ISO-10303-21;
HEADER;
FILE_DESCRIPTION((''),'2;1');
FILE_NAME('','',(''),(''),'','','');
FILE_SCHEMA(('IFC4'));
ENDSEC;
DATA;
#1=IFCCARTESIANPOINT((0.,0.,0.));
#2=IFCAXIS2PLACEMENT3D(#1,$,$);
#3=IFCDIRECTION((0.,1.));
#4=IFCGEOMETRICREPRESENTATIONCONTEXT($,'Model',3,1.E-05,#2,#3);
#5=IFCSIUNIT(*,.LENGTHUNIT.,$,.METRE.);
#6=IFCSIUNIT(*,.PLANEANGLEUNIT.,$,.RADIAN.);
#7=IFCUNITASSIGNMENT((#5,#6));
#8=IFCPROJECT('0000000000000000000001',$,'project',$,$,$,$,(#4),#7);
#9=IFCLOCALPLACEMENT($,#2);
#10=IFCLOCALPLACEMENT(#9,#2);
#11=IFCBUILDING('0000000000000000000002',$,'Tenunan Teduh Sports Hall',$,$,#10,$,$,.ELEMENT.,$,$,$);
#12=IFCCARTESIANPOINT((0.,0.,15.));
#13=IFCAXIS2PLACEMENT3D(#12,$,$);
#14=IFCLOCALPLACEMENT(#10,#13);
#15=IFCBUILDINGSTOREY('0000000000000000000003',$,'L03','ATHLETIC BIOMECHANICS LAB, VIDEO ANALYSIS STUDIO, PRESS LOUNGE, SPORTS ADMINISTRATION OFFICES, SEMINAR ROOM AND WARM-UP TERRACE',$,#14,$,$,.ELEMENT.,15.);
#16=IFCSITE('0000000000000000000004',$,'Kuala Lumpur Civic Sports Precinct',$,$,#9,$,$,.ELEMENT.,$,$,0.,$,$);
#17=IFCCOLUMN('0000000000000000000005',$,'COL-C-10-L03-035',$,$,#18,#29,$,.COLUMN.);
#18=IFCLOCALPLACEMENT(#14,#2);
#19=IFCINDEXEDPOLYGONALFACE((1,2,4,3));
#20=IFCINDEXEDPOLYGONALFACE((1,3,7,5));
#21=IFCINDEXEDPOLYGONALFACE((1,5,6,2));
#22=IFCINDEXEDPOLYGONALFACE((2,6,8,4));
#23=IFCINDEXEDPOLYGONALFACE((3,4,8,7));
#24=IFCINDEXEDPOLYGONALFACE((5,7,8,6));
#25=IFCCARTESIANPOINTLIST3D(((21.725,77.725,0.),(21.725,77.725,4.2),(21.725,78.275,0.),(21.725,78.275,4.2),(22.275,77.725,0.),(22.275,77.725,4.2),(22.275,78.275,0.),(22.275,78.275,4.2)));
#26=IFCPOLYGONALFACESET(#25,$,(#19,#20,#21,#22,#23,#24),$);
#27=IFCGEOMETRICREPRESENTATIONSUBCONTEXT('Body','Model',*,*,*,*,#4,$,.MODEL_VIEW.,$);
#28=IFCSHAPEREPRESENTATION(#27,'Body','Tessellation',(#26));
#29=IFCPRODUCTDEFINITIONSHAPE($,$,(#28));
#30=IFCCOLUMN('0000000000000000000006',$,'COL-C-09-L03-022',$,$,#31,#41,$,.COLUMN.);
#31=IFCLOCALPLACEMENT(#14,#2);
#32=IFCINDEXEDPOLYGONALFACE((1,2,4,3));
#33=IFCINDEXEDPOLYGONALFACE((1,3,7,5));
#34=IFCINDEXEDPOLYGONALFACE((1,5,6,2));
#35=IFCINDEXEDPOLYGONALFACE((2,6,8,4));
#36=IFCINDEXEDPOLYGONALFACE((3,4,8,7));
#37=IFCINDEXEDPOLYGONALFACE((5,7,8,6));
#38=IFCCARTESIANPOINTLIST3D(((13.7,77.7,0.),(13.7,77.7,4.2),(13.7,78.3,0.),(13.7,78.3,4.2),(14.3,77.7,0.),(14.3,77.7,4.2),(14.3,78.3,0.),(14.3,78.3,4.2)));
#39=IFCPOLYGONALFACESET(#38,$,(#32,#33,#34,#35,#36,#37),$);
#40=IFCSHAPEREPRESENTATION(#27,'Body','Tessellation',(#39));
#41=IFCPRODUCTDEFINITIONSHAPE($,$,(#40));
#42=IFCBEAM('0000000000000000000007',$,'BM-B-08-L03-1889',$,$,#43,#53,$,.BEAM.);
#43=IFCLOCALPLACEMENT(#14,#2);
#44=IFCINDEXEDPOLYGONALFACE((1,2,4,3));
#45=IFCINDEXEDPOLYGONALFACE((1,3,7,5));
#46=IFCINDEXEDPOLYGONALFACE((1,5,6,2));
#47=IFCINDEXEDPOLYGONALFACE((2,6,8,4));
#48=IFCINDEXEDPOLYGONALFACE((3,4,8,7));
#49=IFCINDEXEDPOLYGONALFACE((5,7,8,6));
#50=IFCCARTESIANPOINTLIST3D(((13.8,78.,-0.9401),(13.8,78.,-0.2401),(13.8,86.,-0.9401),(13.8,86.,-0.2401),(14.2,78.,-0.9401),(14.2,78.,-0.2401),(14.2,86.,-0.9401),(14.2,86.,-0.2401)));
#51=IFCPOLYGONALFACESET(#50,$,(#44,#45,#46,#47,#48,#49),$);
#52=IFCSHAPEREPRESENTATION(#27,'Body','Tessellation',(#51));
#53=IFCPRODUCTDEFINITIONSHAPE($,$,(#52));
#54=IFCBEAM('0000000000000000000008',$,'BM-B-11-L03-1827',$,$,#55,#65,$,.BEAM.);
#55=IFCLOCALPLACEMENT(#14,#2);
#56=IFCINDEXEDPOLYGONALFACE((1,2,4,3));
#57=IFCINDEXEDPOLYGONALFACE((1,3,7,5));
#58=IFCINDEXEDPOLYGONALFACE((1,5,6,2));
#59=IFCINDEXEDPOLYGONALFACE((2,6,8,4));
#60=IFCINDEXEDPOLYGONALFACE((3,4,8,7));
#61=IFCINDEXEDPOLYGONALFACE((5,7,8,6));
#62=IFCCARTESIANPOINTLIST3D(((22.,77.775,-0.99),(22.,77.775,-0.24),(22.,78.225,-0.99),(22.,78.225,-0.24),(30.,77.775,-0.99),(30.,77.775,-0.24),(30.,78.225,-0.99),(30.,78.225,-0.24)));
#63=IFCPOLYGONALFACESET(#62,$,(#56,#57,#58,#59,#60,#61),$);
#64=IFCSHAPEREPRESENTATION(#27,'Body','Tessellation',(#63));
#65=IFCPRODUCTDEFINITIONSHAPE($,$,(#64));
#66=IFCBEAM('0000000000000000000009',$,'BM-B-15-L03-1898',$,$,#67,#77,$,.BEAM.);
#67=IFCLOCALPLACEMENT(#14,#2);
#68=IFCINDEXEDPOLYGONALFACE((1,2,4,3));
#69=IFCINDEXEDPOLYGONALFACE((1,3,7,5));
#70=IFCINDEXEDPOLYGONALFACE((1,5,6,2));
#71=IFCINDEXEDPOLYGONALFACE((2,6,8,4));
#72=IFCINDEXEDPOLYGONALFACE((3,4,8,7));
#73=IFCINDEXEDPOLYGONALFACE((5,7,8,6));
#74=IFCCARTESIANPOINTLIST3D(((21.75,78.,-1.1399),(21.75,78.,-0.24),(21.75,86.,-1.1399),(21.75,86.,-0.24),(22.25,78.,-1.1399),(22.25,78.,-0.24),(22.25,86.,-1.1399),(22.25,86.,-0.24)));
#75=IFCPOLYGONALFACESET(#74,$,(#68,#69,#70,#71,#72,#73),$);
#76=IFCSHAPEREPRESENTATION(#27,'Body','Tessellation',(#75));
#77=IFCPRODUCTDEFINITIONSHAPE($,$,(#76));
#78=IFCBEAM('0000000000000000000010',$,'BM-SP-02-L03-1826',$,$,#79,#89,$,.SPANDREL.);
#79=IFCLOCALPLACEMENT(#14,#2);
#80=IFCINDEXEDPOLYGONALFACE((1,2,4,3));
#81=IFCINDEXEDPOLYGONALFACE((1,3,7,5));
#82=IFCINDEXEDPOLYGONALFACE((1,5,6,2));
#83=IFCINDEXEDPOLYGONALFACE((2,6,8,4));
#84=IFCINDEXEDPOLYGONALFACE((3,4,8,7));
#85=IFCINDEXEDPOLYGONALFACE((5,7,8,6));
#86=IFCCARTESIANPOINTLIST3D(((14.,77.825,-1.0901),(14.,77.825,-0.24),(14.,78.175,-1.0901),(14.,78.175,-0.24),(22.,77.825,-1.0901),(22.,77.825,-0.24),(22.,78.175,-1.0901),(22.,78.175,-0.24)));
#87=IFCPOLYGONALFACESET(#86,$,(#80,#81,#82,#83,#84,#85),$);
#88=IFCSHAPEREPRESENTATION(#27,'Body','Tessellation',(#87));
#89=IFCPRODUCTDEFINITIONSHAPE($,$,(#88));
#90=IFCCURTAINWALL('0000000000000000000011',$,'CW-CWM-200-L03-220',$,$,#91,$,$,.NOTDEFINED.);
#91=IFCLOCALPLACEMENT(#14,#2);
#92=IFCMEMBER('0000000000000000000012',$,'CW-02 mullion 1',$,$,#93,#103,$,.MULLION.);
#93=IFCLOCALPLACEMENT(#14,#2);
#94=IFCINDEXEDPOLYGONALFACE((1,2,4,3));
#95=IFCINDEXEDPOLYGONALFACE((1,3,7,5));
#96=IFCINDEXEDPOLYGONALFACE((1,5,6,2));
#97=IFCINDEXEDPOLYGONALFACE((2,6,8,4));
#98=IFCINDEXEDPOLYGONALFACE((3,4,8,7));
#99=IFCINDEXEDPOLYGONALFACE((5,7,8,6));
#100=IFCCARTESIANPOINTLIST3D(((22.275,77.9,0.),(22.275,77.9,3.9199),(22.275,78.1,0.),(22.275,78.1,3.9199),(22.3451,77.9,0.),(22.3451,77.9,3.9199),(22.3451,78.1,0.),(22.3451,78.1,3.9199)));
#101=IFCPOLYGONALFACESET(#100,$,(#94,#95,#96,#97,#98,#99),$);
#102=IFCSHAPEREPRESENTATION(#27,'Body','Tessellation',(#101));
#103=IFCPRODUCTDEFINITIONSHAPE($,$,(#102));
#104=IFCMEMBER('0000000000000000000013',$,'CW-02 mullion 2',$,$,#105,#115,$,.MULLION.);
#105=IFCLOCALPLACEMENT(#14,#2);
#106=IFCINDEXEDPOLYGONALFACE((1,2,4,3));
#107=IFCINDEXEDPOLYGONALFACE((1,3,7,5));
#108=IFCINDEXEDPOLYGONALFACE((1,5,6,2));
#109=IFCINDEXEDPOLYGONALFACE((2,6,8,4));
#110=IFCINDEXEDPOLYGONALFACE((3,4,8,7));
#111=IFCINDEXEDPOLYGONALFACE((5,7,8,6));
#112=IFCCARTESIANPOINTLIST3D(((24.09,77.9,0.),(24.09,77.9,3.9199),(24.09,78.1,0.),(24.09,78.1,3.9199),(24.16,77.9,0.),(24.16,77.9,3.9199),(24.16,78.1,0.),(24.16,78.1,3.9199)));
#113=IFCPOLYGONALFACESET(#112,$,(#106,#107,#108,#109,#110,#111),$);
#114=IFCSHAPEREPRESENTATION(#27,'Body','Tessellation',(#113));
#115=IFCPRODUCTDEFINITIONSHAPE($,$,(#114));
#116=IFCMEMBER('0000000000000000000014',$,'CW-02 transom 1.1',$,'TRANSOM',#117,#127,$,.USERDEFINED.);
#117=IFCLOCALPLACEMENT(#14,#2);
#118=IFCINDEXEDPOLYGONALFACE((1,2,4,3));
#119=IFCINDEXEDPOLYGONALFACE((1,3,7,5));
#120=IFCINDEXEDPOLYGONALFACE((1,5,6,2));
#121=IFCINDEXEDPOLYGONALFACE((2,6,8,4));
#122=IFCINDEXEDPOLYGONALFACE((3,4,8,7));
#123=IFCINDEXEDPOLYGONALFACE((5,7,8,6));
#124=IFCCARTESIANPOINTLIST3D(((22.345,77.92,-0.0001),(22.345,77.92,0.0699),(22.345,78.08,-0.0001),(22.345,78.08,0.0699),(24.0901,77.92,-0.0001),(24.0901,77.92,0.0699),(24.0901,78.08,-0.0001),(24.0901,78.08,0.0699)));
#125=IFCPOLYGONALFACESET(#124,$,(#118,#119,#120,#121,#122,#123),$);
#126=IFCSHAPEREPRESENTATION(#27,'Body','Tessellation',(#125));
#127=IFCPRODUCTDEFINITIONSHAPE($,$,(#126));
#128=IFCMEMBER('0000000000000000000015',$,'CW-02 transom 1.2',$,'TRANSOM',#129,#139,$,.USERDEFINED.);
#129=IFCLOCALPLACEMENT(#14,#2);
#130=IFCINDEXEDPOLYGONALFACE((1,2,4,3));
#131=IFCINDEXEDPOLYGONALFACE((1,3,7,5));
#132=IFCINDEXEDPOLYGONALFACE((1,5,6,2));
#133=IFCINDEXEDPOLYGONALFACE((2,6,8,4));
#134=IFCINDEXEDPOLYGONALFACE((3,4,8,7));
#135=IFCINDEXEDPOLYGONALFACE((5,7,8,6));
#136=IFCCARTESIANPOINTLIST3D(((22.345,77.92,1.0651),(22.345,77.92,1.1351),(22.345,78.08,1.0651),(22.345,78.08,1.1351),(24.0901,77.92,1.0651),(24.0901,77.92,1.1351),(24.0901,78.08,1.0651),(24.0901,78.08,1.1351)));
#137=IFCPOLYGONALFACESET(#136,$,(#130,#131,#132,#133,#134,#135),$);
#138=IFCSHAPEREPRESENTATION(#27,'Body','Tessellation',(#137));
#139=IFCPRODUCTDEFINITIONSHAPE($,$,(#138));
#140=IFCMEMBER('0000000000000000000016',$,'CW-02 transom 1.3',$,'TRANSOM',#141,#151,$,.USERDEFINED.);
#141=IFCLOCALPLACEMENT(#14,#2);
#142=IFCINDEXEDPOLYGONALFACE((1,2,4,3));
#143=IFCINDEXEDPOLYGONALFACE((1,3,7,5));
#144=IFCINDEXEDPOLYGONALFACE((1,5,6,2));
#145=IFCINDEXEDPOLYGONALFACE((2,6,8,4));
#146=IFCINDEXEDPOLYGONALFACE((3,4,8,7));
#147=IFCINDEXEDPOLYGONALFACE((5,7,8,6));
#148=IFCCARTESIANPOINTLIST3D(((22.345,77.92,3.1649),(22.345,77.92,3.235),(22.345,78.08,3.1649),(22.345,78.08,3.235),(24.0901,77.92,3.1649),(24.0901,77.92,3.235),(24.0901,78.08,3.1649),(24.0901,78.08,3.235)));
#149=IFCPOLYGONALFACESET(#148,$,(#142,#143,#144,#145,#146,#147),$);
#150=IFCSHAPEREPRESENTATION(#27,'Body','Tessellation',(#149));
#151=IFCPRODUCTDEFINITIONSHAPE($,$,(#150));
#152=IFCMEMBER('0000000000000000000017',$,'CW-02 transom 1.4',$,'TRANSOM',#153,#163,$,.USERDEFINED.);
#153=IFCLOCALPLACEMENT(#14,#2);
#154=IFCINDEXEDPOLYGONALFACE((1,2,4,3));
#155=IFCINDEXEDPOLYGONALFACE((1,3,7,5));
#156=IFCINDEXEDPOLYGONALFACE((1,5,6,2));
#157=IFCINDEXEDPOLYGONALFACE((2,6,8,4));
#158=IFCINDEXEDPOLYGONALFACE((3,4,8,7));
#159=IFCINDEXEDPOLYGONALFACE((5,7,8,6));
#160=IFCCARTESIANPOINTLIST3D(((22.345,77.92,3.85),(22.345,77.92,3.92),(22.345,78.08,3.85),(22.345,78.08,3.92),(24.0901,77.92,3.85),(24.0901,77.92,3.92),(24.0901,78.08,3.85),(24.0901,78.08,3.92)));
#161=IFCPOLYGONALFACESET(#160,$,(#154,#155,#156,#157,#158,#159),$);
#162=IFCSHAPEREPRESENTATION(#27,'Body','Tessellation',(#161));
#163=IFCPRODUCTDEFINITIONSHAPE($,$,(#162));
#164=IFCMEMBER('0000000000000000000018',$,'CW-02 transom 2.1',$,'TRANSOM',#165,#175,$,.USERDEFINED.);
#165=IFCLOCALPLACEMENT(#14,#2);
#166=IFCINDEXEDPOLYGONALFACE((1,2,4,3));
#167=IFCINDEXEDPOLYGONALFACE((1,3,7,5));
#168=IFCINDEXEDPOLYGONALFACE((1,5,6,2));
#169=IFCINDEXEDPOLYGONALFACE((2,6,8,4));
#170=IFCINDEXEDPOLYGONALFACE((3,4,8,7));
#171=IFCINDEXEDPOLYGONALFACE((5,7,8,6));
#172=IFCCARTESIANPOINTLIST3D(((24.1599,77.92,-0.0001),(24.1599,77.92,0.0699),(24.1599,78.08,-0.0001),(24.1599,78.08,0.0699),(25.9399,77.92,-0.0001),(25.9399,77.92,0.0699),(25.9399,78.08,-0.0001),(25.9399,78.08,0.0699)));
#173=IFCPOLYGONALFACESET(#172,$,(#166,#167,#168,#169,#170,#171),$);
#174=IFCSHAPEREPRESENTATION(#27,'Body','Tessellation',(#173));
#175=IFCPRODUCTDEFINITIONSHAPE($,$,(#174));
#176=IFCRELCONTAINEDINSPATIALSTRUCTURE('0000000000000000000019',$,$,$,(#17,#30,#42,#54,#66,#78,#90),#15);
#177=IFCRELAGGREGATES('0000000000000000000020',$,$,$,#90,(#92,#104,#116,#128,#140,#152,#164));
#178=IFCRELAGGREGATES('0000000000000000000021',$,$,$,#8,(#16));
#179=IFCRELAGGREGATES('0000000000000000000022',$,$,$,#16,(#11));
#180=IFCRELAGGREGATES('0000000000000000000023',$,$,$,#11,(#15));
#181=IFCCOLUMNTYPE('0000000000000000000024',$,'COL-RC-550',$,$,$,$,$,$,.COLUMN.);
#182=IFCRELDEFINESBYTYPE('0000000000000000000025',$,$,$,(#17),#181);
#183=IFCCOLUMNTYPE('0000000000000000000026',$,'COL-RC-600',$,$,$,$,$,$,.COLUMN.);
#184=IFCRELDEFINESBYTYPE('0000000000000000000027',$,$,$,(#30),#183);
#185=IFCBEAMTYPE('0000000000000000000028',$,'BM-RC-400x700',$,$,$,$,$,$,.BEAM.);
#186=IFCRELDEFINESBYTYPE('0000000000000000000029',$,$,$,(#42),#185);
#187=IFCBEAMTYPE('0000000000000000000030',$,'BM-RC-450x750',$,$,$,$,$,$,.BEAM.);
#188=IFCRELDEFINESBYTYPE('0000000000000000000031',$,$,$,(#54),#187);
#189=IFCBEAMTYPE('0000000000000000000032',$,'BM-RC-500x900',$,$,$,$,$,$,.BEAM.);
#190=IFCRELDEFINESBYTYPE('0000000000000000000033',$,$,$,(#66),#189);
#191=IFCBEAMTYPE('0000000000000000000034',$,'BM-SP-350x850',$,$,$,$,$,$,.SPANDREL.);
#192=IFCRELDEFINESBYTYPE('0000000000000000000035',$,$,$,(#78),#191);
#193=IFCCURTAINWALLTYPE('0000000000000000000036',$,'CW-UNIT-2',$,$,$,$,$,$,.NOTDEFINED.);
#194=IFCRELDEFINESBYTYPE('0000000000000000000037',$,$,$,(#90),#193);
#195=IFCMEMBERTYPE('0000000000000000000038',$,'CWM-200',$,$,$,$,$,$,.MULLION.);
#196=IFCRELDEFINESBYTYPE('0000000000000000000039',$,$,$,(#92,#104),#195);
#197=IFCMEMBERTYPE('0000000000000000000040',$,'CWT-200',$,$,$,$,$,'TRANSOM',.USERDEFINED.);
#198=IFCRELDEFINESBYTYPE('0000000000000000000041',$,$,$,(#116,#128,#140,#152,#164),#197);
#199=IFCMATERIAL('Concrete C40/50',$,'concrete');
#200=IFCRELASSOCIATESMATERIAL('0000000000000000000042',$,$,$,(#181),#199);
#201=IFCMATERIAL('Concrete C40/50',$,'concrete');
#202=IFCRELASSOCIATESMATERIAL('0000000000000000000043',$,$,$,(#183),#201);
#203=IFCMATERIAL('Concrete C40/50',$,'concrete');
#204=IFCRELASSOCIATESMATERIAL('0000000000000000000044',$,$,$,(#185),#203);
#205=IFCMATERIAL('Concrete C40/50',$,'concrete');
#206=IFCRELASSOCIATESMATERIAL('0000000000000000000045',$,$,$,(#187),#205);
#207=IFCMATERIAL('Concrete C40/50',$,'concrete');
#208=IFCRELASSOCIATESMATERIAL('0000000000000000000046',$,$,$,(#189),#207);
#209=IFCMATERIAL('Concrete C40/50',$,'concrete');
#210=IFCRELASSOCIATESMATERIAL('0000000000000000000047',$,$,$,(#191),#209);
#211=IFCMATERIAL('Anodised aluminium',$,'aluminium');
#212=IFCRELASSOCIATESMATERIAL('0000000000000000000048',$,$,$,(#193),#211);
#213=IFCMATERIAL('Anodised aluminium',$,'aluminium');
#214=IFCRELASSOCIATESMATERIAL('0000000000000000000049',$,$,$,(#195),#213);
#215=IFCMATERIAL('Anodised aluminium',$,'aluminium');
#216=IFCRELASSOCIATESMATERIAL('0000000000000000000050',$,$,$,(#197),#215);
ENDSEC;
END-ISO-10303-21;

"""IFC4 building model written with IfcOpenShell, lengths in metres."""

from ifc_helpers import new_model, si_unit, direction, frame, origin, origin_2d, place, context, subcontext, project, spatial, rectangle, extrude, material, material_profile, profile_set, type_object, element, aggregate, save


model = new_model("IFC4")

# Units and contexts
model_context = context("Model", 3, precision=1e-05, world=origin(), true_north=direction((0.0, 1.0)))
body_context = subcontext(model_context, "Body", "Model", "MODEL_VIEW")
ifc_project = project(units=[si_unit("LENGTHUNIT", "METRE"), si_unit("PLANEANGLEUNIT", "RADIAN")], contexts=[model_context])

# Site, building, storey
site_placement = place(None, origin())
site = spatial("IfcSite", under=ifc_project, at=site_placement, Name="Kuala Lumpur Civic Sports Precinct", CompositionType="ELEMENT", RefElevation=0.0)
building_placement = place(site_placement, origin())
building = spatial("IfcBuilding", under=site, at=building_placement, Name="Tenunan Teduh Sports Hall", CompositionType="ELEMENT")
storey_placement = place(building_placement, frame((0.0, 0.0, 15.0)))
storey = spatial("IfcBuildingStorey", under=building, at=storey_placement, Name="L03", Description="ATHLETIC BIOMECHANICS LAB, VIDEO ANALYSIS STUDIO, PRESS LOUNGE, SPORTS ADMINISTRATION OFFICES, SEMINAR ROOM AND WARM-UP TERRACE", CompositionType="ELEMENT", Elevation=15.0)

# Columns
ifc_material_1 = material(Name="Concrete C40/50", Category="concrete")
ifc_material_profile_1 = material_profile(ifc_material_1, rectangle(XDim=0.55, YDim=0.55, at=origin_2d()), Name="RC 550x550")
ifc_profile_set_1 = profile_set([ifc_material_profile_1], Name="Concrete C40/50")
column_type_1 = type_object("IfcColumnType", Name="COL-RC-550", PredefinedType="COLUMN", material=ifc_profile_set_1)
column_1_placement = place(storey_placement, frame((22.0, 78.0, 0.0), z_axis=(0.0, 0.0, 1.0), x_axis=(1.0, 0.0, 0.0)))
element("IfcColumn", 1, at=column_1_placement, inside=storey, type_object=column_type_1, Name="COL-C-10-L03-035", PredefinedType="COLUMN", context=body_context, shape_type="SweptSolid", body=[
    extrude(rectangle(XDim=0.55, YDim=0.55, at=origin_2d()), origin(), (0.0, 0.0, 1.0), 4.2),
])
ifc_material_2 = material(Name="Concrete C40/50", Category="concrete")
ifc_material_profile_2 = material_profile(ifc_material_2, rectangle(XDim=0.6001, YDim=0.6001, at=origin_2d()), Name="RC 600x600")
ifc_profile_set_2 = profile_set([ifc_material_profile_2], Name="Concrete C40/50")
column_type_2 = type_object("IfcColumnType", Name="COL-RC-600", PredefinedType="COLUMN", material=ifc_profile_set_2)
column_2_placement = place(storey_placement, frame((14.0, 78.0, 0.0), z_axis=(0.0, 0.0, 1.0), x_axis=(1.0, 0.0, 0.0)))
element("IfcColumn", 2, at=column_2_placement, inside=storey, type_object=column_type_2, Name="COL-C-09-L03-022", PredefinedType="COLUMN", context=body_context, shape_type="SweptSolid", body=[
    extrude(rectangle(XDim=0.6001, YDim=0.6001, at=origin_2d()), origin(), (0.0, 0.0, 1.0), 4.2),
])

# Beams
ifc_material_3 = material(Name="Concrete C40/50", Category="concrete")
ifc_material_profile_3 = material_profile(ifc_material_3, rectangle(XDim=0.3999, YDim=0.7, at=origin_2d()), Name="RCB 400x700")
ifc_profile_set_3 = profile_set([ifc_material_profile_3], Name="Concrete C40/50")
beam_type_1 = type_object("IfcBeamType", Name="BM-RC-400x700", PredefinedType="BEAM", material=ifc_profile_set_3)
beam_1_placement = place(storey_placement, frame((14.0, 78.0, -0.5901), z_axis=(0.0, 1.0, 0.0), x_axis=(-1.0, 0.0, 0.0)))
element("IfcBeam", 3, at=beam_1_placement, inside=storey, type_object=beam_type_1, Name="BM-B-08-L03-1889", PredefinedType="BEAM", context=body_context, shape_type="SweptSolid", body=[
    extrude(rectangle(XDim=0.3999, YDim=0.7, at=origin_2d()), origin(), (0.0, 0.0, 1.0), 8.0),
])
ifc_material_4 = material(Name="Concrete C40/50", Category="concrete")
ifc_material_profile_4 = material_profile(ifc_material_4, rectangle(XDim=0.45, YDim=0.75, at=origin_2d()), Name="RCB 450x750")
ifc_profile_set_4 = profile_set([ifc_material_profile_4], Name="Concrete C40/50")
beam_type_2 = type_object("IfcBeamType", Name="BM-RC-450x750", PredefinedType="BEAM", material=ifc_profile_set_4)
beam_2_placement = place(storey_placement, frame((22.0, 78.0, -0.615), z_axis=(1.0, 0.0, 0.0), x_axis=(0.0, 1.0, 0.0)))
element("IfcBeam", 4, at=beam_2_placement, inside=storey, type_object=beam_type_2, Name="BM-B-11-L03-1827", PredefinedType="BEAM", context=body_context, shape_type="SweptSolid", body=[
    extrude(rectangle(XDim=0.45, YDim=0.75, at=origin_2d()), origin(), (0.0, 0.0, 1.0), 8.0),
])
ifc_material_5 = material(Name="Concrete C40/50", Category="concrete")
ifc_material_profile_5 = material_profile(ifc_material_5, rectangle(XDim=0.5, YDim=0.8999, at=origin_2d()), Name="RCB 500x900")
ifc_profile_set_5 = profile_set([ifc_material_profile_5], Name="Concrete C40/50")
beam_type_3 = type_object("IfcBeamType", Name="BM-RC-500x900", PredefinedType="BEAM", material=ifc_profile_set_5)
beam_3_placement = place(storey_placement, frame((22.0, 78.0, -0.6899), z_axis=(0.0, 1.0, 0.0), x_axis=(-1.0, 0.0, 0.0)))
element("IfcBeam", 5, at=beam_3_placement, inside=storey, type_object=beam_type_3, Name="BM-B-15-L03-1898", PredefinedType="BEAM", context=body_context, shape_type="SweptSolid", body=[
    extrude(rectangle(XDim=0.5, YDim=0.8999, at=origin_2d()), origin(), (0.0, 0.0, 1.0), 8.0),
])
ifc_material_6 = material(Name="Concrete C40/50", Category="concrete")
ifc_material_profile_6 = material_profile(ifc_material_6, rectangle(XDim=0.3501, YDim=0.8501, at=origin_2d()), Name="SPB 350x850")
ifc_profile_set_6 = profile_set([ifc_material_profile_6], Name="Concrete C40/50")
beam_type_4 = type_object("IfcBeamType", Name="BM-SP-350x850", PredefinedType="SPANDREL", material=ifc_profile_set_6)
beam_4_placement = place(storey_placement, frame((14.0, 78.0, -0.665), z_axis=(1.0, 0.0, 0.0), x_axis=(0.0, 1.0, 0.0)))
element("IfcBeam", 6, at=beam_4_placement, inside=storey, type_object=beam_type_4, Name="BM-SP-02-L03-1826", PredefinedType="SPANDREL", context=body_context, shape_type="SweptSolid", body=[
    extrude(rectangle(XDim=0.3501, YDim=0.8501, at=origin_2d()), origin(), (0.0, 0.0, 1.0), 8.0),
])

# Curtain wall, members
ifc_material_7 = material(Name="Anodised aluminium", Category="aluminium")
curtain_wall_type = type_object("IfcCurtainWallType", Name="CW-UNIT-2", PredefinedType="NOTDEFINED", material=ifc_material_7)
curtain_wall_placement = place(storey_placement, origin())
curtain_wall = element("IfcCurtainWall", 7, at=curtain_wall_placement, inside=storey, type_object=curtain_wall_type, Name="CW-CWM-200-L03-220", PredefinedType="NOTDEFINED")
ifc_material_8 = material(Name="Anodised aluminium", Category="aluminium")
ifc_material_profile_7 = material_profile(ifc_material_8, rectangle(XDim=0.0701, YDim=0.2, at=origin_2d()), Name="CWM 70x200")
ifc_profile_set_7 = profile_set([ifc_material_profile_7], Name="Anodised aluminium")
member_type_1 = type_object("IfcMemberType", Name="CWM-200", PredefinedType="MULLION", material=ifc_profile_set_7)
member_1_placement = place(storey_placement, frame((22.3101, 78.0, 0.0), z_axis=(0.0, 0.0, 1.0), x_axis=(1.0, 0.0, 0.0)))
member_1 = element("IfcMember", 8, at=member_1_placement, type_object=member_type_1, Name="CW-02 mullion 1", PredefinedType="MULLION", context=body_context, shape_type="SweptSolid", body=[
    extrude(rectangle(XDim=0.0701, YDim=0.2, at=origin_2d()), origin(), (0.0, 0.0, 1.0), 3.9199),
])
member_2_placement = place(storey_placement, frame((24.125, 78.0, 0.0), z_axis=(0.0, 0.0, 1.0), x_axis=(1.0, 0.0, 0.0)))
member_2 = element("IfcMember", 9, at=member_2_placement, type_object=member_type_1, Name="CW-02 mullion 2", PredefinedType="MULLION", context=body_context, shape_type="SweptSolid", body=[
    extrude(rectangle(XDim=0.0701, YDim=0.2, at=origin_2d()), origin(), (0.0, 0.0, 1.0), 3.9199),
])
ifc_material_9 = material(Name="Anodised aluminium", Category="aluminium")
ifc_material_profile_8 = material_profile(ifc_material_9, rectangle(XDim=0.0701, YDim=0.1599, at=origin_2d()), Name="CWT 70x160")
ifc_profile_set_8 = profile_set([ifc_material_profile_8], Name="Anodised aluminium")
member_type_2 = type_object("IfcMemberType", Name="CWT-200", ElementType="TRANSOM", PredefinedType="USERDEFINED", material=ifc_profile_set_8)
member_3_placement = place(storey_placement, frame((22.345, 78.0, 0.0349), z_axis=(1.0, 0.0, 0.0), x_axis=(0.0, 0.0, 1.0)))
member_3 = element("IfcMember", 10, at=member_3_placement, type_object=member_type_2, Name="CW-02 transom 1.1", ObjectType="TRANSOM", PredefinedType="USERDEFINED", context=body_context, shape_type="SweptSolid", body=[
    extrude(rectangle(XDim=0.0701, YDim=0.1599, at=origin_2d()), origin(), (0.0, 0.0, 1.0), 1.7451),
])
member_4_placement = place(storey_placement, frame((22.345, 78.0, 1.1001), z_axis=(1.0, 0.0, 0.0), x_axis=(0.0, 0.0, 1.0)))
member_4 = element("IfcMember", 11, at=member_4_placement, type_object=member_type_2, Name="CW-02 transom 1.2", ObjectType="TRANSOM", PredefinedType="USERDEFINED", context=body_context, shape_type="SweptSolid", body=[
    extrude(rectangle(XDim=0.0701, YDim=0.1599, at=origin_2d()), origin(), (0.0, 0.0, 1.0), 1.7451),
])
member_5_placement = place(storey_placement, frame((22.345, 78.0, 3.2), z_axis=(1.0, 0.0, 0.0), x_axis=(0.0, 0.0, 1.0)))
member_5 = element("IfcMember", 12, at=member_5_placement, type_object=member_type_2, Name="CW-02 transom 1.3", ObjectType="TRANSOM", PredefinedType="USERDEFINED", context=body_context, shape_type="SweptSolid", body=[
    extrude(rectangle(XDim=0.0701, YDim=0.1599, at=origin_2d()), origin(), (0.0, 0.0, 1.0), 1.7451),
])
member_6_placement = place(storey_placement, frame((22.345, 78.0, 3.885), z_axis=(1.0, 0.0, 0.0), x_axis=(0.0, 0.0, 1.0)))
member_6 = element("IfcMember", 13, at=member_6_placement, type_object=member_type_2, Name="CW-02 transom 1.4", ObjectType="TRANSOM", PredefinedType="USERDEFINED", context=body_context, shape_type="SweptSolid", body=[
    extrude(rectangle(XDim=0.0701, YDim=0.1599, at=origin_2d()), origin(), (0.0, 0.0, 1.0), 1.7451),
])
member_7_placement = place(storey_placement, frame((24.1599, 78.0, 0.0349), z_axis=(1.0, 0.0, 0.0), x_axis=(0.0, 0.0, 1.0)))
member_7 = element("IfcMember", 14, at=member_7_placement, type_object=member_type_2, Name="CW-02 transom 2.1", ObjectType="TRANSOM", PredefinedType="USERDEFINED", context=body_context, shape_type="SweptSolid", body=[
    extrude(rectangle(XDim=0.0701, YDim=0.1599, at=origin_2d()), origin(), (0.0, 0.0, 1.0), 1.78),
])
aggregate(curtain_wall, [member_1, member_2, member_3, member_4, member_5, member_6, member_7])

save(model, "model.ifc")
